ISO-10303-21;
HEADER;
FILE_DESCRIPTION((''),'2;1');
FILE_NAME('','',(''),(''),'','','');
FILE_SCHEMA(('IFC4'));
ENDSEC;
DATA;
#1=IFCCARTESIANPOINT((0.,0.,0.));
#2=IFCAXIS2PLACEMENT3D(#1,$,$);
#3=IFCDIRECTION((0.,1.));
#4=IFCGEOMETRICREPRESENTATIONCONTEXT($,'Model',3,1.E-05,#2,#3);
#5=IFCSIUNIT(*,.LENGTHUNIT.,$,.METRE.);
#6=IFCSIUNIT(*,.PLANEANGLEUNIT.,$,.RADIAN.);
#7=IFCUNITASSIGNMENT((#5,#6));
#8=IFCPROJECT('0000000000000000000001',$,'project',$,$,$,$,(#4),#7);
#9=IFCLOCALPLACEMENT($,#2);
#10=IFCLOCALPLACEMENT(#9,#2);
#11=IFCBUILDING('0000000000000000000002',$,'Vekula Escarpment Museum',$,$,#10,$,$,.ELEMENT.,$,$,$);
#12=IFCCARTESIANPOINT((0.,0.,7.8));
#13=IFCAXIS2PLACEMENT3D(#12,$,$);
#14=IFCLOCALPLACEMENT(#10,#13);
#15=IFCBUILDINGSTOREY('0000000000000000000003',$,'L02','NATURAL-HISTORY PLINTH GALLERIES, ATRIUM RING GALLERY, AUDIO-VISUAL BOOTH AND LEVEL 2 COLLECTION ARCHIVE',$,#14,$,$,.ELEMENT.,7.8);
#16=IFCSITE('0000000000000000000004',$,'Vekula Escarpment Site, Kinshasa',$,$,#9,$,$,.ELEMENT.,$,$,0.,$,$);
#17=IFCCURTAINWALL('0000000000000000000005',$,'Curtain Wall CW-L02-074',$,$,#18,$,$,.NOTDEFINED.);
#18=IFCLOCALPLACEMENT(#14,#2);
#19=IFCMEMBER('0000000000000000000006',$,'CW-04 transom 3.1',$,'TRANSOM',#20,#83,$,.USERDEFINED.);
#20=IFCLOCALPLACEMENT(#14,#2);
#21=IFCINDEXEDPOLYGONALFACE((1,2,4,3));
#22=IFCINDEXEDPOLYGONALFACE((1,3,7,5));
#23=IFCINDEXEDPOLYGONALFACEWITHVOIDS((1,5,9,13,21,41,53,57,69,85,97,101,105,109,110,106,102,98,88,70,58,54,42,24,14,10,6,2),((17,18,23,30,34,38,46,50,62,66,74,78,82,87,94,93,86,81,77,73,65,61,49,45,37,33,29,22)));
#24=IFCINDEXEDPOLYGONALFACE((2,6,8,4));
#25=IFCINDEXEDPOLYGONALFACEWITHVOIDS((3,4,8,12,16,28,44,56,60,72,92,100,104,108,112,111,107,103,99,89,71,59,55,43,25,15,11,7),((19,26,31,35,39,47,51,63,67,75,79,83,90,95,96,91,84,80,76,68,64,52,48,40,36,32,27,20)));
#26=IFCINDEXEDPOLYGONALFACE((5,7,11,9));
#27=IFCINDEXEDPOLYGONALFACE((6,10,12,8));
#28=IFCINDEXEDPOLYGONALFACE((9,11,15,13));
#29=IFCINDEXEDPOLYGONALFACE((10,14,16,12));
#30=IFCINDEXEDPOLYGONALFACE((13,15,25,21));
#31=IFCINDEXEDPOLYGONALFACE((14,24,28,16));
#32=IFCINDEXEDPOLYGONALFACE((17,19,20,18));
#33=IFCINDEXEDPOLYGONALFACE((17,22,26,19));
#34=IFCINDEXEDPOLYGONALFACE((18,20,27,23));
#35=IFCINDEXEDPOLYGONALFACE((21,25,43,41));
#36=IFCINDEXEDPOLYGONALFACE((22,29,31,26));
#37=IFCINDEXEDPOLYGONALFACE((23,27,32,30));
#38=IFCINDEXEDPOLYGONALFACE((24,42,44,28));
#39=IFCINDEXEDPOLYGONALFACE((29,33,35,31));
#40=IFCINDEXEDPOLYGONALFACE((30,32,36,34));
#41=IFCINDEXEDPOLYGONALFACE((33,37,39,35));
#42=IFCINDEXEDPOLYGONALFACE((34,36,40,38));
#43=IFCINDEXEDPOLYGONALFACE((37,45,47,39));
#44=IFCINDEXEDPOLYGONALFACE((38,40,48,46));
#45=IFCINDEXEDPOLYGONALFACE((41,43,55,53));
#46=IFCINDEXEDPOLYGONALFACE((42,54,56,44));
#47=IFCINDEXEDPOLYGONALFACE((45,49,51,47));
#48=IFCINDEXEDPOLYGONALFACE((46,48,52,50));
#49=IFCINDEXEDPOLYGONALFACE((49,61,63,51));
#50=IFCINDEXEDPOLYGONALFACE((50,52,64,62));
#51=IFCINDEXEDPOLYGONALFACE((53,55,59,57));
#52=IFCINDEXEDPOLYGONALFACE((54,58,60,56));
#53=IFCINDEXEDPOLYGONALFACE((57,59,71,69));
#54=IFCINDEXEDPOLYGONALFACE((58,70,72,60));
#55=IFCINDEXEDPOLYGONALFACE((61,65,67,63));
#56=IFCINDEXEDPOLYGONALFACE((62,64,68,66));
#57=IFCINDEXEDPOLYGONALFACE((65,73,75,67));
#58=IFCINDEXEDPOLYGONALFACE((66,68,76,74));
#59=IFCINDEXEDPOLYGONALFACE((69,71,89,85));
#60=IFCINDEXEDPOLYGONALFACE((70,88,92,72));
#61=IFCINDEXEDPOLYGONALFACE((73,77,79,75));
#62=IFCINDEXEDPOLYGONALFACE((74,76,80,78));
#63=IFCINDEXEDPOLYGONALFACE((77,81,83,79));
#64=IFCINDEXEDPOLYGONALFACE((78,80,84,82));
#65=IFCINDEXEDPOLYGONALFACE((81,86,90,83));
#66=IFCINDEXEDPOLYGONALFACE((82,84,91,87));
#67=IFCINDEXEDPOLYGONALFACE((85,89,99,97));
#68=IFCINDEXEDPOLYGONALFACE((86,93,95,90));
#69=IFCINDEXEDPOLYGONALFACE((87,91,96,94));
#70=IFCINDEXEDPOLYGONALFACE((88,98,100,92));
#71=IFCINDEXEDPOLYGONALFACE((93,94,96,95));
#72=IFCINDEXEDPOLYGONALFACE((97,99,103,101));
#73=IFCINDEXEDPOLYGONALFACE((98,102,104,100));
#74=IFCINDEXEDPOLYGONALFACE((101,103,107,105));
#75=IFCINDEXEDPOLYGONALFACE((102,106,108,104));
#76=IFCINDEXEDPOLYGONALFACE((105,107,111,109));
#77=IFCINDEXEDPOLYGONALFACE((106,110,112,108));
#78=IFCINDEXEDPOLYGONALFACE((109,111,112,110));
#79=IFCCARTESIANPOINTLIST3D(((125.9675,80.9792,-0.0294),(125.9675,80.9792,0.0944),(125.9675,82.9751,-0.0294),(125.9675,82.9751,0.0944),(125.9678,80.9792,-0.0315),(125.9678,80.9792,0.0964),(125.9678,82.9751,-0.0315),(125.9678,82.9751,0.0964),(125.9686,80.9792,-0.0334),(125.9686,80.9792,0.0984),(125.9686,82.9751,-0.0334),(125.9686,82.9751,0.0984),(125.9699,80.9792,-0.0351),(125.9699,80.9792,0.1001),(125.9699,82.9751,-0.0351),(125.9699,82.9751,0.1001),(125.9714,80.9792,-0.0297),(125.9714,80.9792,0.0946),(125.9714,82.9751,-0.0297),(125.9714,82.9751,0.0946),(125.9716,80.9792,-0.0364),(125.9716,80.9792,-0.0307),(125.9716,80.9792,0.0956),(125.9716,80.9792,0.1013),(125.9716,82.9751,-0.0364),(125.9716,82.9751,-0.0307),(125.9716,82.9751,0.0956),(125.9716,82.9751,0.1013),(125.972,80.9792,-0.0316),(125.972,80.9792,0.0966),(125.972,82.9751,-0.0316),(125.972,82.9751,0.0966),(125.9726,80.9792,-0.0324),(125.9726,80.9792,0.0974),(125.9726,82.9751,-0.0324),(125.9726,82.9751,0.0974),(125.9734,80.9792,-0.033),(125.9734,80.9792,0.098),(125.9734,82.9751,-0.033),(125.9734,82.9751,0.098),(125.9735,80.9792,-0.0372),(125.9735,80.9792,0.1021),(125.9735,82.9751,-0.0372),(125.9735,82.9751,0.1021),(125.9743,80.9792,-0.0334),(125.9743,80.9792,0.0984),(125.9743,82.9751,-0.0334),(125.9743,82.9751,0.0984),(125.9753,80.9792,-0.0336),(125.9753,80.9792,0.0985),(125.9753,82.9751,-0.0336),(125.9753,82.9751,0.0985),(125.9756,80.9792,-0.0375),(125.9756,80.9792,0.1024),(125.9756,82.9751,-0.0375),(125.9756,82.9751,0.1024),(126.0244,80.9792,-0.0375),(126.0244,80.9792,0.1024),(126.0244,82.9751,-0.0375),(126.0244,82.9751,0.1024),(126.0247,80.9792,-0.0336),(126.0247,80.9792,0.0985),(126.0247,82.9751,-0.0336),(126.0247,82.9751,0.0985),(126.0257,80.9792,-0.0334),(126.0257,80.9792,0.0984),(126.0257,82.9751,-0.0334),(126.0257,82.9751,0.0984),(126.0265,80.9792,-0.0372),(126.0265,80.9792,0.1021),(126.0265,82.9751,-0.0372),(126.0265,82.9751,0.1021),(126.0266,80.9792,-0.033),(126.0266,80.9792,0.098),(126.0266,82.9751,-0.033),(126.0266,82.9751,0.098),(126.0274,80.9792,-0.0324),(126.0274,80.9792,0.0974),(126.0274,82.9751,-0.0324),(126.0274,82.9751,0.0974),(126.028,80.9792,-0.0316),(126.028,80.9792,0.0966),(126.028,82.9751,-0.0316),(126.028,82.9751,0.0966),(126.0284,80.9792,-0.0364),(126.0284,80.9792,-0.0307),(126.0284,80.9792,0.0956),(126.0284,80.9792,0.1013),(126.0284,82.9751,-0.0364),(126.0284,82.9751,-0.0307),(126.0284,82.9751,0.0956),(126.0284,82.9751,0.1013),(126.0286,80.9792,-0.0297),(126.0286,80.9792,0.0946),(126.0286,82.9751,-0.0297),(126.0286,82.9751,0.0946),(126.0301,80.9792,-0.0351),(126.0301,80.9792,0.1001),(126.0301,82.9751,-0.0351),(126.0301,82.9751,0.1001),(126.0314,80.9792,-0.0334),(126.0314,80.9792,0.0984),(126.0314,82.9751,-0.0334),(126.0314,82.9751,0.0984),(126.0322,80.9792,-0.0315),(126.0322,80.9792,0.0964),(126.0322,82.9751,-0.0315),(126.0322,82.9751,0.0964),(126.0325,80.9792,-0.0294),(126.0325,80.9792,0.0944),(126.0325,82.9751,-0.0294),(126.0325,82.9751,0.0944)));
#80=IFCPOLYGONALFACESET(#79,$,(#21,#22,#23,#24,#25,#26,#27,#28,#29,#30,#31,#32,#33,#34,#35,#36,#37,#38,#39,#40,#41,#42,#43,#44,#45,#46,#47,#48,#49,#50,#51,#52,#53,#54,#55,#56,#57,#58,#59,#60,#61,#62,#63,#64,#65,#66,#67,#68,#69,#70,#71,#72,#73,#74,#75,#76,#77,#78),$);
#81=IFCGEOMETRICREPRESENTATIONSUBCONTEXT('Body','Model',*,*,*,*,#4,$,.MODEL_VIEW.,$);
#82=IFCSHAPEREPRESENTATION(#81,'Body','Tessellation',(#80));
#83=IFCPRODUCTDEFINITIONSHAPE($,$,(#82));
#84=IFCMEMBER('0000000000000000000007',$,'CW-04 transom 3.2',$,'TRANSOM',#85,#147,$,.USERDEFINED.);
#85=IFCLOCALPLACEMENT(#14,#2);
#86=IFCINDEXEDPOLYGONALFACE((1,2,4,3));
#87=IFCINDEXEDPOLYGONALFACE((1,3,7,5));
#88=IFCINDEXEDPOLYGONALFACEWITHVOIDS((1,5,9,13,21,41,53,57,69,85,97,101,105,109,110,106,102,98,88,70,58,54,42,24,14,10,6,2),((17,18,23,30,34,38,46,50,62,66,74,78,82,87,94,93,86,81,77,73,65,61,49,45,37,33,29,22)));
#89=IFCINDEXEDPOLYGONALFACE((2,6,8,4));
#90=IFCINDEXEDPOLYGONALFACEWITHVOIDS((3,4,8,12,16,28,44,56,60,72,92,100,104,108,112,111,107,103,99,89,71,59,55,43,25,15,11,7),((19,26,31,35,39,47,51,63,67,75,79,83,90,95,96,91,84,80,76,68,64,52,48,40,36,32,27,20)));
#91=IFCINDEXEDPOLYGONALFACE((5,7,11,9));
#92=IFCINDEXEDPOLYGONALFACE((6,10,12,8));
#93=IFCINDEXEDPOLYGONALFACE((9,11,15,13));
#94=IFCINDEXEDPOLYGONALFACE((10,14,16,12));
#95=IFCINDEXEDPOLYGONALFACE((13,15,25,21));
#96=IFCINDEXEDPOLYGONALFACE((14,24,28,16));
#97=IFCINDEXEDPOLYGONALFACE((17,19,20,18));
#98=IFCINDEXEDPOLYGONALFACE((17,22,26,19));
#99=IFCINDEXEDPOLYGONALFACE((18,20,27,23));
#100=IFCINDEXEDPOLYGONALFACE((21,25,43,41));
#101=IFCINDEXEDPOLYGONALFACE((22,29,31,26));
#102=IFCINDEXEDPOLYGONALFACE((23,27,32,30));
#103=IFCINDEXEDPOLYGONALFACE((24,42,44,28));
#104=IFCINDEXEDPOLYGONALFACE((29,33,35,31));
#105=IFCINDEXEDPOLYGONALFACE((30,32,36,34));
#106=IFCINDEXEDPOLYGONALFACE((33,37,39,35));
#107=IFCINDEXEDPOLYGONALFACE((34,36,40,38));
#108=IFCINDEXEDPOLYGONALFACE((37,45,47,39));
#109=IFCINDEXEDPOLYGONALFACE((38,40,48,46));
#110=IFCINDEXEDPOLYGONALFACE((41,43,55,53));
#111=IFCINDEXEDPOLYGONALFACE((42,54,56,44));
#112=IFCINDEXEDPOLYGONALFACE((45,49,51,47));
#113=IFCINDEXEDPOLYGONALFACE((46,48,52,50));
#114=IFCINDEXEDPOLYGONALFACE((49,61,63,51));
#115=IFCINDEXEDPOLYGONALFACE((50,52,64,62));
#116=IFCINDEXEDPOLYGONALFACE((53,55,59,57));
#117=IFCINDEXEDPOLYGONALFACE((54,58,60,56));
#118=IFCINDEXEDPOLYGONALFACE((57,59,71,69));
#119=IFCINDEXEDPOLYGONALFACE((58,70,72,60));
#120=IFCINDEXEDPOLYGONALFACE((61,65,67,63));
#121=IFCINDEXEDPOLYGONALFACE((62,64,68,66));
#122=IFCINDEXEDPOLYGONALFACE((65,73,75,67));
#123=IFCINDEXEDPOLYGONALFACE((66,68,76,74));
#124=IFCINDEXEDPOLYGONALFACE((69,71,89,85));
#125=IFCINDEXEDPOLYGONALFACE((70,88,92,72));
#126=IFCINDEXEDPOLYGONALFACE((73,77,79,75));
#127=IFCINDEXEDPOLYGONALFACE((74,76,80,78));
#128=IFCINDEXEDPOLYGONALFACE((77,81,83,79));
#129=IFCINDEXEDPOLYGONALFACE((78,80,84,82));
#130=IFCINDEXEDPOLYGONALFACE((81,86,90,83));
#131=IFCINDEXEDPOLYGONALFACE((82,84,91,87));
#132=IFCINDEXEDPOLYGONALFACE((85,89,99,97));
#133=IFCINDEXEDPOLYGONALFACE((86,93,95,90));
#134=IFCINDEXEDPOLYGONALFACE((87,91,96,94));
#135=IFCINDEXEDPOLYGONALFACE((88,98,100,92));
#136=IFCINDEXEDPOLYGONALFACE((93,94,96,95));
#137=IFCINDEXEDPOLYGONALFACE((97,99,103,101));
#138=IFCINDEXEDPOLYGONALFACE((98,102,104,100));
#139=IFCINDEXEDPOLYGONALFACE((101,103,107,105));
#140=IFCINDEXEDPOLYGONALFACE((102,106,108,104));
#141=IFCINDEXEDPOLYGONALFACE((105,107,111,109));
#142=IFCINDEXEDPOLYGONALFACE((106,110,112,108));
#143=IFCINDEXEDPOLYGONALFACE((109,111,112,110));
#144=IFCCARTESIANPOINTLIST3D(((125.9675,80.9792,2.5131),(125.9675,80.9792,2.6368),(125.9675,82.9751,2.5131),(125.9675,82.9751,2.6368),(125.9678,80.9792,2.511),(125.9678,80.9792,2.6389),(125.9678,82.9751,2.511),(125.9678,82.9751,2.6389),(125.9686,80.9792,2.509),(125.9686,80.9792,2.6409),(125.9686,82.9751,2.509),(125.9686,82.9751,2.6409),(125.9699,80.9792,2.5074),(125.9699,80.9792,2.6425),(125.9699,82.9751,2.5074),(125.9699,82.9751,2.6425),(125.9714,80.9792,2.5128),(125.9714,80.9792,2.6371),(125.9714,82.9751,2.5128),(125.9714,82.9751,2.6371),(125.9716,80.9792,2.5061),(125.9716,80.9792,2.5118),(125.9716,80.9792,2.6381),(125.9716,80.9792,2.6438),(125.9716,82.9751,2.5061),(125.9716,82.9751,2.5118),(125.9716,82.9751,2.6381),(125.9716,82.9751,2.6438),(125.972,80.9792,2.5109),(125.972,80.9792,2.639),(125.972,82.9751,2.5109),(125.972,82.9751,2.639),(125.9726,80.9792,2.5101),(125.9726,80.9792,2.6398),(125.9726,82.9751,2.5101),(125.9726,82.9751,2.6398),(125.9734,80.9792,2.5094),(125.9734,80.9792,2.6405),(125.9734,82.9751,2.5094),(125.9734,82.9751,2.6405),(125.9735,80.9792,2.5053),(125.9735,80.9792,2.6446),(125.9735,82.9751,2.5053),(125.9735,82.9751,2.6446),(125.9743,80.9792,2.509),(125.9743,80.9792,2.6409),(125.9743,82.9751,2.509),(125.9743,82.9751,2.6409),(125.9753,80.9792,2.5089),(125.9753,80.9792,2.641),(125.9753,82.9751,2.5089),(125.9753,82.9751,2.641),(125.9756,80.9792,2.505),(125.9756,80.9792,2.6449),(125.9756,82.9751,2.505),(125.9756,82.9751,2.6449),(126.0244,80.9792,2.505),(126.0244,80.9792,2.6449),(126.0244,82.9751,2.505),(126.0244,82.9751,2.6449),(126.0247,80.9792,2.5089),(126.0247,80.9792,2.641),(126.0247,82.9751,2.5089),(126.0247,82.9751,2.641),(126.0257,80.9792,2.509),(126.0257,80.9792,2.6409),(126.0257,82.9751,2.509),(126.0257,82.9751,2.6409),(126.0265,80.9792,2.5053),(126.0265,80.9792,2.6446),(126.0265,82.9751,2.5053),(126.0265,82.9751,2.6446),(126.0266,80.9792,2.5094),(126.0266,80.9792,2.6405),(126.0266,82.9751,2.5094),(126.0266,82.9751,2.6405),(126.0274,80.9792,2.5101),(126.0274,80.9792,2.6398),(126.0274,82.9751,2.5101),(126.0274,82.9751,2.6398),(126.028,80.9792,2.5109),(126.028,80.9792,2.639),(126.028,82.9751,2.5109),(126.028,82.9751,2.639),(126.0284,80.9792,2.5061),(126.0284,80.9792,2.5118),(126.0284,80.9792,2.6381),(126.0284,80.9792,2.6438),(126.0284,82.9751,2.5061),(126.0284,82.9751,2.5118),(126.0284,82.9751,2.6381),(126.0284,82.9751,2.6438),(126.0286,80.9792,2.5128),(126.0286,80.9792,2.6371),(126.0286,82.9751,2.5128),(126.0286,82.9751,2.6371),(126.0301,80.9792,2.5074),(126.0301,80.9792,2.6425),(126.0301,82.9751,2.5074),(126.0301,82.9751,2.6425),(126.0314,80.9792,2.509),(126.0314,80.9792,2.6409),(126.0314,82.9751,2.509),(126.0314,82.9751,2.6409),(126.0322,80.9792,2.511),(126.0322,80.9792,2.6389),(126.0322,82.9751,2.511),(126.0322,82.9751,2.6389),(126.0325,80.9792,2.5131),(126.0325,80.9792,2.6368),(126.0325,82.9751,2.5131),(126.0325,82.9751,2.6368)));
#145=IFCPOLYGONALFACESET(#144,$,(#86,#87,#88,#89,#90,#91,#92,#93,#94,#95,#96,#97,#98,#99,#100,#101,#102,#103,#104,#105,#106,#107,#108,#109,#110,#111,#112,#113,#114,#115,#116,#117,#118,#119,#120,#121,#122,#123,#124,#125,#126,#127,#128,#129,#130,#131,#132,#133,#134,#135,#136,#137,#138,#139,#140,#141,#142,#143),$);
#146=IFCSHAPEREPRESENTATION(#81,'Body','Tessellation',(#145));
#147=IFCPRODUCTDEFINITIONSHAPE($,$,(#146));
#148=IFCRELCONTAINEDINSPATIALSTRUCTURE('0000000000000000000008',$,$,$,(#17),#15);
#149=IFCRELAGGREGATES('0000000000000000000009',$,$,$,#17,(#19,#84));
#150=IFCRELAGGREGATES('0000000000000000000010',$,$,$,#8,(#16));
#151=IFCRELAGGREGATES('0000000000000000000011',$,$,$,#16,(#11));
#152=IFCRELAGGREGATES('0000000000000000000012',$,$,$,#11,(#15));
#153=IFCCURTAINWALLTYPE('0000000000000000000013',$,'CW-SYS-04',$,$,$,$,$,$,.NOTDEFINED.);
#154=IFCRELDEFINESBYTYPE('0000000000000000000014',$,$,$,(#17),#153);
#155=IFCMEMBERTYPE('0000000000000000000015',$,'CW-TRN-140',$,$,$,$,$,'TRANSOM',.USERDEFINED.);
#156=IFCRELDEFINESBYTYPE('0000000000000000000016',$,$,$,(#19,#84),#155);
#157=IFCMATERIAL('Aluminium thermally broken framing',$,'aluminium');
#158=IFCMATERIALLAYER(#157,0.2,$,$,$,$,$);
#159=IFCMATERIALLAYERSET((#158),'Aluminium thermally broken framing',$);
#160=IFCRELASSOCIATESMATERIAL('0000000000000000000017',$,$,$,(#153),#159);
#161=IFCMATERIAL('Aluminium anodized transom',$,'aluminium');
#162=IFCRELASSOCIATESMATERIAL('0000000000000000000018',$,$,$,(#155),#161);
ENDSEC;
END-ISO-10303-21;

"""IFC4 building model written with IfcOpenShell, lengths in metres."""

from ifc_helpers import new_model, si_unit, direction, frame, origin, origin_2d, place, context, subcontext, project, spatial, hollow_rectangle, extrude, material, layer, layer_set, material_profile, profile_set, type_object, element, aggregate, save


model = new_model("IFC4")

# Units and contexts
model_context = context("Model", 3, precision=1e-05, world=origin(), true_north=direction((0.0, 1.0)))
body_context = subcontext(model_context, "Body", "Model", "MODEL_VIEW")
ifc_project = project(units=[si_unit("LENGTHUNIT", "METRE"), si_unit("PLANEANGLEUNIT", "RADIAN")], contexts=[model_context])

# Site, building, storey
site_placement = place(None, origin())
site = spatial("IfcSite", under=ifc_project, at=site_placement, Name="Vekula Escarpment Site, Kinshasa", CompositionType="ELEMENT", RefElevation=0.0)
building_placement = place(site_placement, origin())
building = spatial("IfcBuilding", under=site, at=building_placement, Name="Vekula Escarpment Museum", CompositionType="ELEMENT")
storey_placement = place(building_placement, frame((0.0, 0.0, 7.8)))
storey = spatial("IfcBuildingStorey", under=building, at=storey_placement, Name="L02", Description="NATURAL-HISTORY PLINTH GALLERIES, ATRIUM RING GALLERY, AUDIO-VISUAL BOOTH AND LEVEL 2 COLLECTION ARCHIVE", CompositionType="ELEMENT", Elevation=7.8)

# Curtain wall
ifc_material_1 = material(Name="Aluminium thermally broken framing", Category="aluminium")
ifc_layer_1 = layer(ifc_material_1, 0.2)
ifc_layer_set_1 = layer_set([ifc_layer_1], Name="Aluminium thermally broken framing")
curtain_wall_type_1 = type_object("IfcCurtainWallType", Name="CW-SYS-04", PredefinedType="NOTDEFINED", material=ifc_layer_set_1)
curtain_wall_1_placement = place(storey_placement, origin())
curtain_wall_1 = element("IfcCurtainWall", 1, at=curtain_wall_1_placement, inside=storey, type_object=curtain_wall_type_1, Name="Curtain Wall CW-L02-074", PredefinedType="NOTDEFINED")

# Members
ifc_material_2 = material(Name="Aluminium anodized transom", Category="aluminium")
ifc_material_profile_1 = material_profile(ifc_material_2, hollow_rectangle(XDim=0.0649, YDim=0.1399, WallThickness=0.0039, InnerFilletRadius=0.0039, OuterFilletRadius=0.0081, at=origin_2d()), Name="ALU 140x65x4")
ifc_profile_set_1 = profile_set([ifc_material_profile_1], Name="Aluminium anodized transom")
member_type_1 = type_object("IfcMemberType", Name="CW-TRN-140", ElementType="TRANSOM", PredefinedType="USERDEFINED", material=ifc_profile_set_1)
member_1_placement = place(storey_placement, frame((126.0, 80.9792, 0.0325), z_axis=(0.0, 1.0, 0.0), x_axis=(-1.0, 0.0, 0.0)))
member_1 = element("IfcMember", 2, at=member_1_placement, type_object=member_type_1, Name="CW-04 transom 3.1", ObjectType="TRANSOM", PredefinedType="USERDEFINED", context=body_context, shape_type="SweptSolid", body=[
    extrude(hollow_rectangle(XDim=0.0649, YDim=0.1399, WallThickness=0.0039, InnerFilletRadius=0.0039, OuterFilletRadius=0.0081, at=origin_2d()), origin(), (0.0, 0.0, 1.0), 1.9958),
])
member_2_placement = place(storey_placement, frame((126.0, 80.9792, 2.575), z_axis=(0.0, 1.0, 0.0), x_axis=(-1.0, 0.0, 0.0)))
member_2 = element("IfcMember", 3, at=member_2_placement, type_object=member_type_1, Name="CW-04 transom 3.2", ObjectType="TRANSOM", PredefinedType="USERDEFINED", context=body_context, shape_type="SweptSolid", body=[
    extrude(hollow_rectangle(XDim=0.0649, YDim=0.1399, WallThickness=0.0039, InnerFilletRadius=0.0039, OuterFilletRadius=0.0081, at=origin_2d()), origin(), (0.0, 0.0, 1.0), 1.9958),
])

aggregate(curtain_wall_1, [member_1, member_2])

save(model, "model.ifc")
